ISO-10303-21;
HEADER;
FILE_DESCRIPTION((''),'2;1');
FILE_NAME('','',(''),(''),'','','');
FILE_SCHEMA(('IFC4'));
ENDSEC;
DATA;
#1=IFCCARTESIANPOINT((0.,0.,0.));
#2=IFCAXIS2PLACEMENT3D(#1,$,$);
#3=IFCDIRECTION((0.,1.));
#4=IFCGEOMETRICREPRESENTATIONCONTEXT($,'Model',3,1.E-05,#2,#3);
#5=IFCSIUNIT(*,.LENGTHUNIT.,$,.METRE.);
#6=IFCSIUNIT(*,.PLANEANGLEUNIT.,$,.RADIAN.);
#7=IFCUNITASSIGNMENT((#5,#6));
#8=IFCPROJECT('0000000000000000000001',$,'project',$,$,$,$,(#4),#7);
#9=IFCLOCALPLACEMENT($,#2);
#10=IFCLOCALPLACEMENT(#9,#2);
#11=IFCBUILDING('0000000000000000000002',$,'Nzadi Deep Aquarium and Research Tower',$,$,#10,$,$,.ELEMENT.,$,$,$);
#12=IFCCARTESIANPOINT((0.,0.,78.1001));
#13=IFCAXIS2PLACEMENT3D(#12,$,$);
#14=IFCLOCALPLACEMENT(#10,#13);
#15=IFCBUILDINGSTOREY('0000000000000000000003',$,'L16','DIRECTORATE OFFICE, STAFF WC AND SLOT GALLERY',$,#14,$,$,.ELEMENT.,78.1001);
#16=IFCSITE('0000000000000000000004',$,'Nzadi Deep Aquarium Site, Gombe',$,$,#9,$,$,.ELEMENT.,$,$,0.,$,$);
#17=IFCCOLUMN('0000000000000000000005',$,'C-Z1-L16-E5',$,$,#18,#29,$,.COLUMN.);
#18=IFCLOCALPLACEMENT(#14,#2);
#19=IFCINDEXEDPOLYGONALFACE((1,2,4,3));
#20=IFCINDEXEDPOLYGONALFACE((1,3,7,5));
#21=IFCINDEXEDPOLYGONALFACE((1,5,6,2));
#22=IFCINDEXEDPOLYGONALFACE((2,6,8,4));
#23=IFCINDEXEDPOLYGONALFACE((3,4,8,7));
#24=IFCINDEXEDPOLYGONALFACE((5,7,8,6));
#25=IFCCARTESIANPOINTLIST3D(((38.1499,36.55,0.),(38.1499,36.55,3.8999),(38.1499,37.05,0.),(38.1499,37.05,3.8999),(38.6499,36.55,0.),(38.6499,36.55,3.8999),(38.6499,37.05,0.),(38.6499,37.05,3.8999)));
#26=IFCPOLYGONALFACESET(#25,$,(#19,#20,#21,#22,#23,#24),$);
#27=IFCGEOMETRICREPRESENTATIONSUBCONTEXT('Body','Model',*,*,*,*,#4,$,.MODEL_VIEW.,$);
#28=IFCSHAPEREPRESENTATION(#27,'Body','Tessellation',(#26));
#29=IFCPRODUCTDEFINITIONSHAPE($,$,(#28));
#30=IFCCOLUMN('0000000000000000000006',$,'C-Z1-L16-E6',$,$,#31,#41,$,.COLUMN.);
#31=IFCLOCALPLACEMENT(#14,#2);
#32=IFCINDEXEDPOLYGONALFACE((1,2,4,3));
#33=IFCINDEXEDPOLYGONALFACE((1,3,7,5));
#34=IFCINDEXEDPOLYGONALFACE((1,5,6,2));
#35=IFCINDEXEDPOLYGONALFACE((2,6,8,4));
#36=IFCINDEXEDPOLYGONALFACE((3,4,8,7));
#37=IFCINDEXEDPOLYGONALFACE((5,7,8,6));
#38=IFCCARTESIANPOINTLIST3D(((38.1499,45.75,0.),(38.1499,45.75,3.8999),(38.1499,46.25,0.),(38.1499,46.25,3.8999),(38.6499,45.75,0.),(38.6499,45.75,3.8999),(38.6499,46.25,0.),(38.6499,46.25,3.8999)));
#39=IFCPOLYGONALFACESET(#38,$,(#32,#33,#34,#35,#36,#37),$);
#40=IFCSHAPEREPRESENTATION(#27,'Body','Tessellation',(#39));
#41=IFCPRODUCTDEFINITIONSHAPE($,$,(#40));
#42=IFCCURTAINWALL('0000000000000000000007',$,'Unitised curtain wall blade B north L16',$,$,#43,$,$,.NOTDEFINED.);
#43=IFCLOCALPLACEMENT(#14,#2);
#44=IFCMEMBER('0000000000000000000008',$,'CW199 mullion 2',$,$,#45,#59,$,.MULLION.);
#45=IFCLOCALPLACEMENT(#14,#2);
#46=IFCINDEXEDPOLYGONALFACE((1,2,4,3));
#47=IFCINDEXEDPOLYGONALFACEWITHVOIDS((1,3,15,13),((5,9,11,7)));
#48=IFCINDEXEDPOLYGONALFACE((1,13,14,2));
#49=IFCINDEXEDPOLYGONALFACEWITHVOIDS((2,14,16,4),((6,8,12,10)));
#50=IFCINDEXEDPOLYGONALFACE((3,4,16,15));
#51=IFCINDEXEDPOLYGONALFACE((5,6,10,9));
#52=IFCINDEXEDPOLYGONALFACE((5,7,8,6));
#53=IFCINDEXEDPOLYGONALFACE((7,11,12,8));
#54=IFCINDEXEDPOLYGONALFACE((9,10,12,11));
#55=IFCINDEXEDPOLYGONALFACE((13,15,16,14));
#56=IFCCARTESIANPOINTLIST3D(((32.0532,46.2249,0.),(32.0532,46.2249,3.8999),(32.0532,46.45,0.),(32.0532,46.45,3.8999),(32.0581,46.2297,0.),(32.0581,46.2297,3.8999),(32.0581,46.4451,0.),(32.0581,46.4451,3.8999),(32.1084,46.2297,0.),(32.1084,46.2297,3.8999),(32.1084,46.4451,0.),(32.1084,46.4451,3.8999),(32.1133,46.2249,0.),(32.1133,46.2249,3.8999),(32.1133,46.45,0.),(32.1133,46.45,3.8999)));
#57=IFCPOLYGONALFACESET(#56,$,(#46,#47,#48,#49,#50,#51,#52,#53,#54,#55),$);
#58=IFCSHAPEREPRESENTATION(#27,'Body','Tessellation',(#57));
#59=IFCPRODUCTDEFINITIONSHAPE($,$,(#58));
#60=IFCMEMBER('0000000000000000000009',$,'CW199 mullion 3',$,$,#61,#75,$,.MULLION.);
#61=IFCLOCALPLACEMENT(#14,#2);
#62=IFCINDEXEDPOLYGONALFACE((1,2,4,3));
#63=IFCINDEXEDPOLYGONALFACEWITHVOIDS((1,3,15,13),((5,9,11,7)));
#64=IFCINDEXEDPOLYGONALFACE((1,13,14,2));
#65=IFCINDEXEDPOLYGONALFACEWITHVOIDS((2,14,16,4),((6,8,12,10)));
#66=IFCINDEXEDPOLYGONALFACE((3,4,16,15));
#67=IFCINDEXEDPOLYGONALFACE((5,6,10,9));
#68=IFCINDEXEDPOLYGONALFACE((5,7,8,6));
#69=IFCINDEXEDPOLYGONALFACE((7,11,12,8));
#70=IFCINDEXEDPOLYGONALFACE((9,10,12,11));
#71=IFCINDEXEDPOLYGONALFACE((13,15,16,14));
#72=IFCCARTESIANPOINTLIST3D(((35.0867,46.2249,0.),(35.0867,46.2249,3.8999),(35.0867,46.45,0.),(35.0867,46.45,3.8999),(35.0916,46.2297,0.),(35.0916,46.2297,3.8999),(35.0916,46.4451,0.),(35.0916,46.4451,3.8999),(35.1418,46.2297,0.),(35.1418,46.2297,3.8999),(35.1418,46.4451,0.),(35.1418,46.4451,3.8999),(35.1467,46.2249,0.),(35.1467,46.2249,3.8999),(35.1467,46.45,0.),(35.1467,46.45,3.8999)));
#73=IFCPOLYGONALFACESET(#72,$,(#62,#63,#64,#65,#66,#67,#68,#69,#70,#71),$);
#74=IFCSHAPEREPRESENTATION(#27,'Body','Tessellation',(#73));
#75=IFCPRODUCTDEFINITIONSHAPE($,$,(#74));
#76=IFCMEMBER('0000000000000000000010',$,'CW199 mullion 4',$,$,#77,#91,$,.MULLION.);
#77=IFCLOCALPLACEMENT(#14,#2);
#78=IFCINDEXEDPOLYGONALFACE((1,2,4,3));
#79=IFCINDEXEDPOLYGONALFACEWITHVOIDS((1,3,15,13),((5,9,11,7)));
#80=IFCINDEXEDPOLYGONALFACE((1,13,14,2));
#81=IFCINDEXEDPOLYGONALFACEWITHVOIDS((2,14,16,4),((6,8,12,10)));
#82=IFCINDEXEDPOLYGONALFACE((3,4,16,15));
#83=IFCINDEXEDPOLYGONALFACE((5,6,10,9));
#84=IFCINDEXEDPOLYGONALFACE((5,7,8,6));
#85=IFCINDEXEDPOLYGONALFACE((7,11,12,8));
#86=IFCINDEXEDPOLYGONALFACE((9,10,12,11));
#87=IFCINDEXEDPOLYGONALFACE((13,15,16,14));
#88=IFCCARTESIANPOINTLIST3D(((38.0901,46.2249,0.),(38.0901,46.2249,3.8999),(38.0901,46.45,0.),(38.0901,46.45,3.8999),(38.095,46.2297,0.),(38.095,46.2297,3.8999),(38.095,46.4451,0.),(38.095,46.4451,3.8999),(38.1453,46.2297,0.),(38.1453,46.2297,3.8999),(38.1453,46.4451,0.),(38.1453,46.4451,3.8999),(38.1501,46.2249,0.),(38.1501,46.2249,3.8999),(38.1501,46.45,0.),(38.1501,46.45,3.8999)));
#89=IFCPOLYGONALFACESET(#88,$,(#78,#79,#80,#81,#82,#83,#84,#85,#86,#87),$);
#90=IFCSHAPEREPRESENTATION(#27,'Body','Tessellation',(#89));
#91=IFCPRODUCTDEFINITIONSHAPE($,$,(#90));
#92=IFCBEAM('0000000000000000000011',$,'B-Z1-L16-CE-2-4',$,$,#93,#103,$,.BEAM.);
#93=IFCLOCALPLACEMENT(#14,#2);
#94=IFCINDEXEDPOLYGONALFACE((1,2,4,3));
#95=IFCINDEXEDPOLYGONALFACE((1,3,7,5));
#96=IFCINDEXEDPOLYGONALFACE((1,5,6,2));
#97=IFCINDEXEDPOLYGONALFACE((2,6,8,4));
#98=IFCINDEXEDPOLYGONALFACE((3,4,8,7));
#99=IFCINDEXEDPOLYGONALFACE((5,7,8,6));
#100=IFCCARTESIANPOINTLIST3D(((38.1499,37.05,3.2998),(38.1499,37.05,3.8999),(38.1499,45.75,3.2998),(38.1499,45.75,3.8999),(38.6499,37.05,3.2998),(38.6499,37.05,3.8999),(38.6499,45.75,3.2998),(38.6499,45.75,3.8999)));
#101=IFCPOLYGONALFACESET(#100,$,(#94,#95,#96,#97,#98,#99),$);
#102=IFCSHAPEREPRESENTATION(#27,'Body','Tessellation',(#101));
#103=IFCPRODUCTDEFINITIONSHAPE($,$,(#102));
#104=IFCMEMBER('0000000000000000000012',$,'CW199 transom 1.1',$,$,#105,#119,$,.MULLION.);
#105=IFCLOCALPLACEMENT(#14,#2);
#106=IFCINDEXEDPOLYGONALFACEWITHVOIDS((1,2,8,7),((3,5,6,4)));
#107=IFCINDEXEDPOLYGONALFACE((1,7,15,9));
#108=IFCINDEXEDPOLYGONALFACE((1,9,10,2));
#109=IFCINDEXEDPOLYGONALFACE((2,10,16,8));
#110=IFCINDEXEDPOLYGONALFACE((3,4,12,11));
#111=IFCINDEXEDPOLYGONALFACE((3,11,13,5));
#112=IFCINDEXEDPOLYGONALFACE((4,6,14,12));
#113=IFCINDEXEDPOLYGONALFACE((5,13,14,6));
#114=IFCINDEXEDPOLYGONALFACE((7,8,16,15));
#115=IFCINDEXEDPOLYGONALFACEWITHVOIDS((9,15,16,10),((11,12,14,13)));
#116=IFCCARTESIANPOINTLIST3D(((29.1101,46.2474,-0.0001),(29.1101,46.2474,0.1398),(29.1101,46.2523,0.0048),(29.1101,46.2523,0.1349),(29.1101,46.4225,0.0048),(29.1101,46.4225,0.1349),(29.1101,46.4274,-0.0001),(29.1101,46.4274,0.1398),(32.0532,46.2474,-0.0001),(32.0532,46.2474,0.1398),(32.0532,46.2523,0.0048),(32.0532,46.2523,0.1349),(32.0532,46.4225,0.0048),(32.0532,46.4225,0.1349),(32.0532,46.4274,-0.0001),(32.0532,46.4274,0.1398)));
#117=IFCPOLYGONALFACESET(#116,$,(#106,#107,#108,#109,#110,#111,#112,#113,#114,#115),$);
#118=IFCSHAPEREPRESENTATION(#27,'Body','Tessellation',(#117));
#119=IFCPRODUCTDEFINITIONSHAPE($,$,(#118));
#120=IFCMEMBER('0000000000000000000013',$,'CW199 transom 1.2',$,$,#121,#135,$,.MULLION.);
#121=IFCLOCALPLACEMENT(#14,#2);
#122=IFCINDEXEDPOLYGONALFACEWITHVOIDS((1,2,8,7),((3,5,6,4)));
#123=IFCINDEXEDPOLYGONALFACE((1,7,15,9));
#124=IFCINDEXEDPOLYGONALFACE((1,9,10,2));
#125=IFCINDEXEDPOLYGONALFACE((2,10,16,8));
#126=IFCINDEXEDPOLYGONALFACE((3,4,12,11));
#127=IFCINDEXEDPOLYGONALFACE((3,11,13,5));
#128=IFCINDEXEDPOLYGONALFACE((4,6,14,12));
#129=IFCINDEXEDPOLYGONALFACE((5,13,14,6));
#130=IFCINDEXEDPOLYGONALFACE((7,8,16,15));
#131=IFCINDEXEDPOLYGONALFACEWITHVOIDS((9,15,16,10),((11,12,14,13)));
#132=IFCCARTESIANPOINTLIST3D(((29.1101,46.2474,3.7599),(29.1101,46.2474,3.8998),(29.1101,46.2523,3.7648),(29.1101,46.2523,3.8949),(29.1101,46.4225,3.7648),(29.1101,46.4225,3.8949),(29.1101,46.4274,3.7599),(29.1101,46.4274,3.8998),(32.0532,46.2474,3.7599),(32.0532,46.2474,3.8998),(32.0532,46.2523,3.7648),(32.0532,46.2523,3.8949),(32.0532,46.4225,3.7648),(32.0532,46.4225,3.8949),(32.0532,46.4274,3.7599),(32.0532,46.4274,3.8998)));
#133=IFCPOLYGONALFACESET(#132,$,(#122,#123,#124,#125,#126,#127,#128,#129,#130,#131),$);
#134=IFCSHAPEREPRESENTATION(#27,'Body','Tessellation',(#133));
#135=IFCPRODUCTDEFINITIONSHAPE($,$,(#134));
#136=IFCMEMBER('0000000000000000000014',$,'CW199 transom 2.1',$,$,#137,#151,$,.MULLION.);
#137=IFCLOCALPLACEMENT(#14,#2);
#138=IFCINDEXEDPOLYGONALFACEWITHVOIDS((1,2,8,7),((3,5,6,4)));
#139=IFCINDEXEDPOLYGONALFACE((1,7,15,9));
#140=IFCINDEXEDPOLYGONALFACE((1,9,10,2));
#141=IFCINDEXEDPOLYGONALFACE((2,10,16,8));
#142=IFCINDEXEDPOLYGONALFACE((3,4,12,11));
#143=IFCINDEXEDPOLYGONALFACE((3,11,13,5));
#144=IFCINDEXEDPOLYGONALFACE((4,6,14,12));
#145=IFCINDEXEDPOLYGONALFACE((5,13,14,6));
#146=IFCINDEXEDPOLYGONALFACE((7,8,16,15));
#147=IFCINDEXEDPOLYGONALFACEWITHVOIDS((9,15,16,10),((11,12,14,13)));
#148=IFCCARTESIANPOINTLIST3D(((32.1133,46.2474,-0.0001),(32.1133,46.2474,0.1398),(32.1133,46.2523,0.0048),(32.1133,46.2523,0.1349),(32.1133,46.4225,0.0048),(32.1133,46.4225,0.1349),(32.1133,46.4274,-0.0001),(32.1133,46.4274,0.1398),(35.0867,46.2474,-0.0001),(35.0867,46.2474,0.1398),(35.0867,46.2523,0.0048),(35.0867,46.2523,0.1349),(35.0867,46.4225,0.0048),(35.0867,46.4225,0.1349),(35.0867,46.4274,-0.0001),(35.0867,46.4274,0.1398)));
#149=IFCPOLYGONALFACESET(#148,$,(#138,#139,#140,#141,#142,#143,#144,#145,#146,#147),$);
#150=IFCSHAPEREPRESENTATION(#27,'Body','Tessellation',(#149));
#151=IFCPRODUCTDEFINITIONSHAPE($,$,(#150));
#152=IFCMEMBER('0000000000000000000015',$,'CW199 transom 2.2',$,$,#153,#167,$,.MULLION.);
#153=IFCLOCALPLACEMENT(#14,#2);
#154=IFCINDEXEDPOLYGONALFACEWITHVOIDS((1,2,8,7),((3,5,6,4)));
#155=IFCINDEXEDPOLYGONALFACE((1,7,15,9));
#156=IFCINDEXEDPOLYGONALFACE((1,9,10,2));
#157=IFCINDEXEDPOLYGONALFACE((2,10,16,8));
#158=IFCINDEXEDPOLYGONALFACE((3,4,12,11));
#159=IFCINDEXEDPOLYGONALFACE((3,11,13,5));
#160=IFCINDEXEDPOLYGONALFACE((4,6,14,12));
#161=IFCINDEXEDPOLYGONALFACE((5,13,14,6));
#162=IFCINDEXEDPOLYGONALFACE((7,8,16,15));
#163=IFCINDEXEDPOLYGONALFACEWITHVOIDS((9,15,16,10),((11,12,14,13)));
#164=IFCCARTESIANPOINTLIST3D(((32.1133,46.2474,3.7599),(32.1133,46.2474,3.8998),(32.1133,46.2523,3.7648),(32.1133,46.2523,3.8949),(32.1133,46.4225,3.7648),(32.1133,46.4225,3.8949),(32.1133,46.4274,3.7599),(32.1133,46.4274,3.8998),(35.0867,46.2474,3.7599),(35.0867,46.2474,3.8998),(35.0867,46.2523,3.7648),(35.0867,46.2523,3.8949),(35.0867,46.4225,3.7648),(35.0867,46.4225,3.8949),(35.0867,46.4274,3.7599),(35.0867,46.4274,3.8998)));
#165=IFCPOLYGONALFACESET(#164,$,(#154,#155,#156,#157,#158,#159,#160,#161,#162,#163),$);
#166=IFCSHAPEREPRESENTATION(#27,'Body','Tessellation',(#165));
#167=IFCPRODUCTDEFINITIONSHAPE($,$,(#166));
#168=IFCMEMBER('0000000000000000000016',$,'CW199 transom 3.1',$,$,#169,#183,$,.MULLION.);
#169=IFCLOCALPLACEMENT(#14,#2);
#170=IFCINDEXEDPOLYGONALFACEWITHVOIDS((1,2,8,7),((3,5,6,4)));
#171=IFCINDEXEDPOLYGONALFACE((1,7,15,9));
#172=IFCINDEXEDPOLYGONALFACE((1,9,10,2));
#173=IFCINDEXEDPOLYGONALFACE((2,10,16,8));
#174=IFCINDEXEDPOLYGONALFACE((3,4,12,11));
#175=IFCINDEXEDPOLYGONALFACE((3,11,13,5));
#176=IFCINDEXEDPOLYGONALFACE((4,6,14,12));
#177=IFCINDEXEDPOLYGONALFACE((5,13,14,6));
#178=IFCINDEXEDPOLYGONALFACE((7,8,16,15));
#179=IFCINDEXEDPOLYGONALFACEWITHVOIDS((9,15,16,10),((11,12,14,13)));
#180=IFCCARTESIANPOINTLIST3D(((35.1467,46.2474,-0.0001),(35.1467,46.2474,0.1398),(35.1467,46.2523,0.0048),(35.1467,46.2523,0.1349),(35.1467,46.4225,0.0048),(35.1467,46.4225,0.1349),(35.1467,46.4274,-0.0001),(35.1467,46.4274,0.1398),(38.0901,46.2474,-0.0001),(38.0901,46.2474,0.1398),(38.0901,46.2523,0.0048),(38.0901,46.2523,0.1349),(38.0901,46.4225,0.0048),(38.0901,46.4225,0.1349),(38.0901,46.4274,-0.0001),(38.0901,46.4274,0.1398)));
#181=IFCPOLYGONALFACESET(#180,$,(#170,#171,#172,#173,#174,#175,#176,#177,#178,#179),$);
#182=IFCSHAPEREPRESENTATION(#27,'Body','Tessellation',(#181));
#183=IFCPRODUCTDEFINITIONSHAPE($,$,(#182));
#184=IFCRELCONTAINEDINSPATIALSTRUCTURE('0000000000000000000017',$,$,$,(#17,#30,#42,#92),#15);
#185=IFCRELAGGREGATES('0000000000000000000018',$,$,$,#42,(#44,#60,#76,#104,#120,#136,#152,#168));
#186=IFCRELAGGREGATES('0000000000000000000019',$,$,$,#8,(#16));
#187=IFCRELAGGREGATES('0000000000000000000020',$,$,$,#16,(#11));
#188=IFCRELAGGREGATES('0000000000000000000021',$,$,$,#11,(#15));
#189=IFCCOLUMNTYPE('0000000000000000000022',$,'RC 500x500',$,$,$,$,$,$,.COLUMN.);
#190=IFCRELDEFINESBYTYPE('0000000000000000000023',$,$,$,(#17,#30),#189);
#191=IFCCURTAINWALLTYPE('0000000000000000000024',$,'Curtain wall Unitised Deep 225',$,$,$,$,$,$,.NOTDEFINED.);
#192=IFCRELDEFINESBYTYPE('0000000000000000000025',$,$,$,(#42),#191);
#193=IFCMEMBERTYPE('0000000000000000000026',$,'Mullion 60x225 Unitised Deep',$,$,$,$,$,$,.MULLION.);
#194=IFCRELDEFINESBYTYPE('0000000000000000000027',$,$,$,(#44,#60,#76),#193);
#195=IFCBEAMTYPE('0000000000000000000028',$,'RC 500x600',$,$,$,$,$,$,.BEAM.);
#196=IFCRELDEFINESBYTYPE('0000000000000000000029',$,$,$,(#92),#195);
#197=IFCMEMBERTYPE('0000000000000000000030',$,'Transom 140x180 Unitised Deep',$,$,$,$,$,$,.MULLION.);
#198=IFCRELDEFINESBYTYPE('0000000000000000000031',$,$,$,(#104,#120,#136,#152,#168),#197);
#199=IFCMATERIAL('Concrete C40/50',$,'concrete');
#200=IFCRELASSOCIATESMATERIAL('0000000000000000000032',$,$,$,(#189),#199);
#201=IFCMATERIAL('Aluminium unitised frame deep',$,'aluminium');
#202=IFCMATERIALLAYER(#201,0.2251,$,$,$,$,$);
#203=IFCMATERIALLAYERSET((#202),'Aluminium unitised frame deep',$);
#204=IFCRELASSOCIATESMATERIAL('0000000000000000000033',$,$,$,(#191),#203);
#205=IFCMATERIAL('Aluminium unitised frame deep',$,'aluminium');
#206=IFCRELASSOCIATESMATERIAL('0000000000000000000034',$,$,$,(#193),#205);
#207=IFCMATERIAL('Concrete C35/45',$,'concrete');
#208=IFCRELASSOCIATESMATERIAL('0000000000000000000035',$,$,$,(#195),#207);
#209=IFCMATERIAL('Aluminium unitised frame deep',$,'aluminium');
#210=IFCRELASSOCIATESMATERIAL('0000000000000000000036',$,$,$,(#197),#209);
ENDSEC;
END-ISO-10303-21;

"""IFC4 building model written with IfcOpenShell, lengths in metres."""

from ifc_helpers import new_model, si_unit, direction, frame, origin, origin_2d, place, context, subcontext, project, spatial, rectangle, hollow_rectangle, extrude, material, layer, layer_set, material_profile, profile_set, type_object, element, aggregate, save


model = new_model("IFC4")

# Units and contexts
model_context = context("Model", 3, precision=1e-05, world=origin(), true_north=direction((0.0, 1.0)))
body_context = subcontext(model_context, "Body", "Model", "MODEL_VIEW")
ifc_project = project(units=[si_unit("LENGTHUNIT", "METRE"), si_unit("PLANEANGLEUNIT", "RADIAN")], contexts=[model_context])

# Site, building, storey
site_placement = place(None, origin())
site = spatial("IfcSite", under=ifc_project, at=site_placement, Name="Nzadi Deep Aquarium Site, Gombe", CompositionType="ELEMENT", RefElevation=0.0)
building_placement = place(site_placement, origin())
building = spatial("IfcBuilding", under=site, at=building_placement, Name="Nzadi Deep Aquarium and Research Tower", CompositionType="ELEMENT")
storey_placement = place(building_placement, frame((0.0, 0.0, 78.1001)))
storey = spatial("IfcBuildingStorey", under=building, at=storey_placement, Name="L16", Description="DIRECTORATE OFFICE, STAFF WC AND SLOT GALLERY", CompositionType="ELEMENT", Elevation=78.1001)

# Columns
ifc_material_1 = material(Name="Concrete C40/50", Category="concrete")
ifc_material_profile_1 = material_profile(ifc_material_1, rectangle(XDim=0.5, YDim=0.5, at=origin_2d()))
ifc_profile_set_1 = profile_set([ifc_material_profile_1], Name="Concrete C40/50")
column_type = type_object("IfcColumnType", Name="RC 500x500", PredefinedType="COLUMN", material=ifc_profile_set_1)
for number, where, z_axis, x_axis, name in (
    (1, (38.3999, 36.8, 0.0), (0.0, 0.0, 1.0), (1.0, 0.0, 0.0), "C-Z1-L16-E5"),
    (2, (38.3999, 46.0, 0.0), (0.0, 0.0, 1.0), (1.0, 0.0, 0.0), "C-Z1-L16-E6"),
):
    element("IfcColumn", number, at=place(storey_placement, frame(where, z_axis=z_axis, x_axis=x_axis)), inside=storey, type_object=column_type, Name=name, PredefinedType="COLUMN", context=body_context, shape_type="SweptSolid", body=[
        extrude(rectangle(XDim=0.5, YDim=0.5, at=origin_2d()), origin(), (0.0, 0.0, 1.0), 3.8999),
    ])

# Curtain wall, members
ifc_material_2 = material(Name="Aluminium unitised frame deep", Category="aluminium")
ifc_layer_1 = layer(ifc_material_2, 0.2251)
ifc_layer_set_1 = layer_set([ifc_layer_1], Name="Aluminium unitised frame deep")
curtain_wall_type = type_object("IfcCurtainWallType", Name="Curtain wall Unitised Deep 225", PredefinedType="NOTDEFINED", material=ifc_layer_set_1)
curtain_wall_placement = place(storey_placement, origin())
curtain_wall = element("IfcCurtainWall", 3, at=curtain_wall_placement, inside=storey, type_object=curtain_wall_type, Name="Unitised curtain wall blade B north L16", PredefinedType="NOTDEFINED")
ifc_material_3 = material(Name="Aluminium unitised frame deep", Category="aluminium")
ifc_material_profile_2 = material_profile(ifc_material_3, hollow_rectangle(XDim=0.2251, YDim=0.0601, WallThickness=0.0049, at=origin_2d()))
ifc_profile_set_2 = profile_set([ifc_material_profile_2], Name="Aluminium unitised frame deep")
member_type_1 = type_object("IfcMemberType", Name="Mullion 60x225 Unitised Deep", PredefinedType="MULLION", material=ifc_profile_set_2)
member_1_placement = place(storey_placement, frame((32.0833, 46.3374, 0.0), z_axis=(0.0, 0.0, 1.0), x_axis=(0.0, 1.0, 0.0)))
member_1 = element("IfcMember", 4, at=member_1_placement, type_object=member_type_1, Name="CW199 mullion 2", PredefinedType="MULLION", context=body_context, shape_type="SweptSolid", body=[
    extrude(hollow_rectangle(XDim=0.2251, YDim=0.0601, WallThickness=0.0049, at=origin_2d()), origin(), (0.0, 0.0, 1.0), 3.8999),
])
member_2_placement = place(storey_placement, frame((35.1167, 46.3374, 0.0), z_axis=(0.0, 0.0, 1.0), x_axis=(0.0, 1.0, 0.0)))
member_2 = element("IfcMember", 5, at=member_2_placement, type_object=member_type_1, Name="CW199 mullion 3", PredefinedType="MULLION", context=body_context, shape_type="SweptSolid", body=[
    extrude(hollow_rectangle(XDim=0.2251, YDim=0.0601, WallThickness=0.0049, at=origin_2d()), origin(), (0.0, 0.0, 1.0), 3.8999),
])
member_3_placement = place(storey_placement, frame((38.1201, 46.3374, 0.0), z_axis=(0.0, 0.0, 1.0), x_axis=(0.0, 1.0, 0.0)))
member_3 = element("IfcMember", 6, at=member_3_placement, type_object=member_type_1, Name="CW199 mullion 4", PredefinedType="MULLION", context=body_context, shape_type="SweptSolid", body=[
    extrude(hollow_rectangle(XDim=0.2251, YDim=0.0601, WallThickness=0.0049, at=origin_2d()), origin(), (0.0, 0.0, 1.0), 3.8999),
])

# Beam
ifc_material_4 = material(Name="Concrete C35/45", Category="concrete")
ifc_material_profile_3 = material_profile(ifc_material_4, rectangle(XDim=0.5, YDim=0.6001, at=origin_2d()))
ifc_profile_set_3 = profile_set([ifc_material_profile_3], Name="Concrete C35/45")
beam_type = type_object("IfcBeamType", Name="RC 500x600", PredefinedType="BEAM", material=ifc_profile_set_3)
beam_placement = place(storey_placement, frame((38.3999, 37.05, 3.5999), z_axis=(0.0, 1.0, 0.0), x_axis=(-1.0, 0.0, 0.0)))
element("IfcBeam", 7, at=beam_placement, inside=storey, type_object=beam_type, Name="B-Z1-L16-CE-2-4", PredefinedType="BEAM", context=body_context, shape_type="SweptSolid", body=[
    extrude(rectangle(XDim=0.5, YDim=0.6001, at=origin_2d()), origin(), (0.0, 0.0, 1.0), 8.7),
])

# Members
ifc_material_5 = material(Name="Aluminium unitised frame deep", Category="aluminium")
ifc_material_profile_4 = material_profile(ifc_material_5, hollow_rectangle(XDim=0.1799, YDim=0.1399, WallThickness=0.0049, at=origin_2d()))
ifc_profile_set_4 = profile_set([ifc_material_profile_4], Name="Aluminium unitised frame deep")
member_type_2 = type_object("IfcMemberType", Name="Transom 140x180 Unitised Deep", PredefinedType="MULLION", material=ifc_profile_set_4)
member_4_placement = place(storey_placement, frame((29.1101, 46.3374, 0.0698), z_axis=(1.0, 0.0, 0.0), x_axis=(0.0, 1.0, 0.0)))
member_4 = element("IfcMember", 8, at=member_4_placement, type_object=member_type_2, Name="CW199 transom 1.1", PredefinedType="MULLION", context=body_context, shape_type="SweptSolid", body=[
    extrude(hollow_rectangle(XDim=0.1799, YDim=0.1399, WallThickness=0.0049, at=origin_2d()), origin(), (0.0, 0.0, 1.0), 2.9431),
])
member_5_placement = place(storey_placement, frame((29.1101, 46.3374, 3.8298), z_axis=(1.0, 0.0, 0.0), x_axis=(0.0, 1.0, 0.0)))
member_5 = element("IfcMember", 9, at=member_5_placement, type_object=member_type_2, Name="CW199 transom 1.2", PredefinedType="MULLION", context=body_context, shape_type="SweptSolid", body=[
    extrude(hollow_rectangle(XDim=0.1799, YDim=0.1399, WallThickness=0.0049, at=origin_2d()), origin(), (0.0, 0.0, 1.0), 2.9431),
])
member_6_placement = place(storey_placement, frame((32.1133, 46.3374, 0.0698), z_axis=(1.0, 0.0, 0.0), x_axis=(0.0, 1.0, 0.0)))
member_6 = element("IfcMember", 10, at=member_6_placement, type_object=member_type_2, Name="CW199 transom 2.1", PredefinedType="MULLION", context=body_context, shape_type="SweptSolid", body=[
    extrude(hollow_rectangle(XDim=0.1799, YDim=0.1399, WallThickness=0.0049, at=origin_2d()), origin(), (0.0, 0.0, 1.0), 2.9734),
])
member_7_placement = place(storey_placement, frame((32.1133, 46.3374, 3.8298), z_axis=(1.0, 0.0, 0.0), x_axis=(0.0, 1.0, 0.0)))
member_7 = element("IfcMember", 11, at=member_7_placement, type_object=member_type_2, Name="CW199 transom 2.2", PredefinedType="MULLION", context=body_context, shape_type="SweptSolid", body=[
    extrude(hollow_rectangle(XDim=0.1799, YDim=0.1399, WallThickness=0.0049, at=origin_2d()), origin(), (0.0, 0.0, 1.0), 2.9734),
])
member_8_placement = place(storey_placement, frame((35.1467, 46.3374, 0.0698), z_axis=(1.0, 0.0, 0.0), x_axis=(0.0, 1.0, 0.0)))
member_8 = element("IfcMember", 12, at=member_8_placement, type_object=member_type_2, Name="CW199 transom 3.1", PredefinedType="MULLION", context=body_context, shape_type="SweptSolid", body=[
    extrude(hollow_rectangle(XDim=0.1799, YDim=0.1399, WallThickness=0.0049, at=origin_2d()), origin(), (0.0, 0.0, 1.0), 2.9434),
])

aggregate(curtain_wall, [member_1, member_2, member_3, member_4, member_5, member_6, member_7, member_8])

save(model, "model.ifc")
